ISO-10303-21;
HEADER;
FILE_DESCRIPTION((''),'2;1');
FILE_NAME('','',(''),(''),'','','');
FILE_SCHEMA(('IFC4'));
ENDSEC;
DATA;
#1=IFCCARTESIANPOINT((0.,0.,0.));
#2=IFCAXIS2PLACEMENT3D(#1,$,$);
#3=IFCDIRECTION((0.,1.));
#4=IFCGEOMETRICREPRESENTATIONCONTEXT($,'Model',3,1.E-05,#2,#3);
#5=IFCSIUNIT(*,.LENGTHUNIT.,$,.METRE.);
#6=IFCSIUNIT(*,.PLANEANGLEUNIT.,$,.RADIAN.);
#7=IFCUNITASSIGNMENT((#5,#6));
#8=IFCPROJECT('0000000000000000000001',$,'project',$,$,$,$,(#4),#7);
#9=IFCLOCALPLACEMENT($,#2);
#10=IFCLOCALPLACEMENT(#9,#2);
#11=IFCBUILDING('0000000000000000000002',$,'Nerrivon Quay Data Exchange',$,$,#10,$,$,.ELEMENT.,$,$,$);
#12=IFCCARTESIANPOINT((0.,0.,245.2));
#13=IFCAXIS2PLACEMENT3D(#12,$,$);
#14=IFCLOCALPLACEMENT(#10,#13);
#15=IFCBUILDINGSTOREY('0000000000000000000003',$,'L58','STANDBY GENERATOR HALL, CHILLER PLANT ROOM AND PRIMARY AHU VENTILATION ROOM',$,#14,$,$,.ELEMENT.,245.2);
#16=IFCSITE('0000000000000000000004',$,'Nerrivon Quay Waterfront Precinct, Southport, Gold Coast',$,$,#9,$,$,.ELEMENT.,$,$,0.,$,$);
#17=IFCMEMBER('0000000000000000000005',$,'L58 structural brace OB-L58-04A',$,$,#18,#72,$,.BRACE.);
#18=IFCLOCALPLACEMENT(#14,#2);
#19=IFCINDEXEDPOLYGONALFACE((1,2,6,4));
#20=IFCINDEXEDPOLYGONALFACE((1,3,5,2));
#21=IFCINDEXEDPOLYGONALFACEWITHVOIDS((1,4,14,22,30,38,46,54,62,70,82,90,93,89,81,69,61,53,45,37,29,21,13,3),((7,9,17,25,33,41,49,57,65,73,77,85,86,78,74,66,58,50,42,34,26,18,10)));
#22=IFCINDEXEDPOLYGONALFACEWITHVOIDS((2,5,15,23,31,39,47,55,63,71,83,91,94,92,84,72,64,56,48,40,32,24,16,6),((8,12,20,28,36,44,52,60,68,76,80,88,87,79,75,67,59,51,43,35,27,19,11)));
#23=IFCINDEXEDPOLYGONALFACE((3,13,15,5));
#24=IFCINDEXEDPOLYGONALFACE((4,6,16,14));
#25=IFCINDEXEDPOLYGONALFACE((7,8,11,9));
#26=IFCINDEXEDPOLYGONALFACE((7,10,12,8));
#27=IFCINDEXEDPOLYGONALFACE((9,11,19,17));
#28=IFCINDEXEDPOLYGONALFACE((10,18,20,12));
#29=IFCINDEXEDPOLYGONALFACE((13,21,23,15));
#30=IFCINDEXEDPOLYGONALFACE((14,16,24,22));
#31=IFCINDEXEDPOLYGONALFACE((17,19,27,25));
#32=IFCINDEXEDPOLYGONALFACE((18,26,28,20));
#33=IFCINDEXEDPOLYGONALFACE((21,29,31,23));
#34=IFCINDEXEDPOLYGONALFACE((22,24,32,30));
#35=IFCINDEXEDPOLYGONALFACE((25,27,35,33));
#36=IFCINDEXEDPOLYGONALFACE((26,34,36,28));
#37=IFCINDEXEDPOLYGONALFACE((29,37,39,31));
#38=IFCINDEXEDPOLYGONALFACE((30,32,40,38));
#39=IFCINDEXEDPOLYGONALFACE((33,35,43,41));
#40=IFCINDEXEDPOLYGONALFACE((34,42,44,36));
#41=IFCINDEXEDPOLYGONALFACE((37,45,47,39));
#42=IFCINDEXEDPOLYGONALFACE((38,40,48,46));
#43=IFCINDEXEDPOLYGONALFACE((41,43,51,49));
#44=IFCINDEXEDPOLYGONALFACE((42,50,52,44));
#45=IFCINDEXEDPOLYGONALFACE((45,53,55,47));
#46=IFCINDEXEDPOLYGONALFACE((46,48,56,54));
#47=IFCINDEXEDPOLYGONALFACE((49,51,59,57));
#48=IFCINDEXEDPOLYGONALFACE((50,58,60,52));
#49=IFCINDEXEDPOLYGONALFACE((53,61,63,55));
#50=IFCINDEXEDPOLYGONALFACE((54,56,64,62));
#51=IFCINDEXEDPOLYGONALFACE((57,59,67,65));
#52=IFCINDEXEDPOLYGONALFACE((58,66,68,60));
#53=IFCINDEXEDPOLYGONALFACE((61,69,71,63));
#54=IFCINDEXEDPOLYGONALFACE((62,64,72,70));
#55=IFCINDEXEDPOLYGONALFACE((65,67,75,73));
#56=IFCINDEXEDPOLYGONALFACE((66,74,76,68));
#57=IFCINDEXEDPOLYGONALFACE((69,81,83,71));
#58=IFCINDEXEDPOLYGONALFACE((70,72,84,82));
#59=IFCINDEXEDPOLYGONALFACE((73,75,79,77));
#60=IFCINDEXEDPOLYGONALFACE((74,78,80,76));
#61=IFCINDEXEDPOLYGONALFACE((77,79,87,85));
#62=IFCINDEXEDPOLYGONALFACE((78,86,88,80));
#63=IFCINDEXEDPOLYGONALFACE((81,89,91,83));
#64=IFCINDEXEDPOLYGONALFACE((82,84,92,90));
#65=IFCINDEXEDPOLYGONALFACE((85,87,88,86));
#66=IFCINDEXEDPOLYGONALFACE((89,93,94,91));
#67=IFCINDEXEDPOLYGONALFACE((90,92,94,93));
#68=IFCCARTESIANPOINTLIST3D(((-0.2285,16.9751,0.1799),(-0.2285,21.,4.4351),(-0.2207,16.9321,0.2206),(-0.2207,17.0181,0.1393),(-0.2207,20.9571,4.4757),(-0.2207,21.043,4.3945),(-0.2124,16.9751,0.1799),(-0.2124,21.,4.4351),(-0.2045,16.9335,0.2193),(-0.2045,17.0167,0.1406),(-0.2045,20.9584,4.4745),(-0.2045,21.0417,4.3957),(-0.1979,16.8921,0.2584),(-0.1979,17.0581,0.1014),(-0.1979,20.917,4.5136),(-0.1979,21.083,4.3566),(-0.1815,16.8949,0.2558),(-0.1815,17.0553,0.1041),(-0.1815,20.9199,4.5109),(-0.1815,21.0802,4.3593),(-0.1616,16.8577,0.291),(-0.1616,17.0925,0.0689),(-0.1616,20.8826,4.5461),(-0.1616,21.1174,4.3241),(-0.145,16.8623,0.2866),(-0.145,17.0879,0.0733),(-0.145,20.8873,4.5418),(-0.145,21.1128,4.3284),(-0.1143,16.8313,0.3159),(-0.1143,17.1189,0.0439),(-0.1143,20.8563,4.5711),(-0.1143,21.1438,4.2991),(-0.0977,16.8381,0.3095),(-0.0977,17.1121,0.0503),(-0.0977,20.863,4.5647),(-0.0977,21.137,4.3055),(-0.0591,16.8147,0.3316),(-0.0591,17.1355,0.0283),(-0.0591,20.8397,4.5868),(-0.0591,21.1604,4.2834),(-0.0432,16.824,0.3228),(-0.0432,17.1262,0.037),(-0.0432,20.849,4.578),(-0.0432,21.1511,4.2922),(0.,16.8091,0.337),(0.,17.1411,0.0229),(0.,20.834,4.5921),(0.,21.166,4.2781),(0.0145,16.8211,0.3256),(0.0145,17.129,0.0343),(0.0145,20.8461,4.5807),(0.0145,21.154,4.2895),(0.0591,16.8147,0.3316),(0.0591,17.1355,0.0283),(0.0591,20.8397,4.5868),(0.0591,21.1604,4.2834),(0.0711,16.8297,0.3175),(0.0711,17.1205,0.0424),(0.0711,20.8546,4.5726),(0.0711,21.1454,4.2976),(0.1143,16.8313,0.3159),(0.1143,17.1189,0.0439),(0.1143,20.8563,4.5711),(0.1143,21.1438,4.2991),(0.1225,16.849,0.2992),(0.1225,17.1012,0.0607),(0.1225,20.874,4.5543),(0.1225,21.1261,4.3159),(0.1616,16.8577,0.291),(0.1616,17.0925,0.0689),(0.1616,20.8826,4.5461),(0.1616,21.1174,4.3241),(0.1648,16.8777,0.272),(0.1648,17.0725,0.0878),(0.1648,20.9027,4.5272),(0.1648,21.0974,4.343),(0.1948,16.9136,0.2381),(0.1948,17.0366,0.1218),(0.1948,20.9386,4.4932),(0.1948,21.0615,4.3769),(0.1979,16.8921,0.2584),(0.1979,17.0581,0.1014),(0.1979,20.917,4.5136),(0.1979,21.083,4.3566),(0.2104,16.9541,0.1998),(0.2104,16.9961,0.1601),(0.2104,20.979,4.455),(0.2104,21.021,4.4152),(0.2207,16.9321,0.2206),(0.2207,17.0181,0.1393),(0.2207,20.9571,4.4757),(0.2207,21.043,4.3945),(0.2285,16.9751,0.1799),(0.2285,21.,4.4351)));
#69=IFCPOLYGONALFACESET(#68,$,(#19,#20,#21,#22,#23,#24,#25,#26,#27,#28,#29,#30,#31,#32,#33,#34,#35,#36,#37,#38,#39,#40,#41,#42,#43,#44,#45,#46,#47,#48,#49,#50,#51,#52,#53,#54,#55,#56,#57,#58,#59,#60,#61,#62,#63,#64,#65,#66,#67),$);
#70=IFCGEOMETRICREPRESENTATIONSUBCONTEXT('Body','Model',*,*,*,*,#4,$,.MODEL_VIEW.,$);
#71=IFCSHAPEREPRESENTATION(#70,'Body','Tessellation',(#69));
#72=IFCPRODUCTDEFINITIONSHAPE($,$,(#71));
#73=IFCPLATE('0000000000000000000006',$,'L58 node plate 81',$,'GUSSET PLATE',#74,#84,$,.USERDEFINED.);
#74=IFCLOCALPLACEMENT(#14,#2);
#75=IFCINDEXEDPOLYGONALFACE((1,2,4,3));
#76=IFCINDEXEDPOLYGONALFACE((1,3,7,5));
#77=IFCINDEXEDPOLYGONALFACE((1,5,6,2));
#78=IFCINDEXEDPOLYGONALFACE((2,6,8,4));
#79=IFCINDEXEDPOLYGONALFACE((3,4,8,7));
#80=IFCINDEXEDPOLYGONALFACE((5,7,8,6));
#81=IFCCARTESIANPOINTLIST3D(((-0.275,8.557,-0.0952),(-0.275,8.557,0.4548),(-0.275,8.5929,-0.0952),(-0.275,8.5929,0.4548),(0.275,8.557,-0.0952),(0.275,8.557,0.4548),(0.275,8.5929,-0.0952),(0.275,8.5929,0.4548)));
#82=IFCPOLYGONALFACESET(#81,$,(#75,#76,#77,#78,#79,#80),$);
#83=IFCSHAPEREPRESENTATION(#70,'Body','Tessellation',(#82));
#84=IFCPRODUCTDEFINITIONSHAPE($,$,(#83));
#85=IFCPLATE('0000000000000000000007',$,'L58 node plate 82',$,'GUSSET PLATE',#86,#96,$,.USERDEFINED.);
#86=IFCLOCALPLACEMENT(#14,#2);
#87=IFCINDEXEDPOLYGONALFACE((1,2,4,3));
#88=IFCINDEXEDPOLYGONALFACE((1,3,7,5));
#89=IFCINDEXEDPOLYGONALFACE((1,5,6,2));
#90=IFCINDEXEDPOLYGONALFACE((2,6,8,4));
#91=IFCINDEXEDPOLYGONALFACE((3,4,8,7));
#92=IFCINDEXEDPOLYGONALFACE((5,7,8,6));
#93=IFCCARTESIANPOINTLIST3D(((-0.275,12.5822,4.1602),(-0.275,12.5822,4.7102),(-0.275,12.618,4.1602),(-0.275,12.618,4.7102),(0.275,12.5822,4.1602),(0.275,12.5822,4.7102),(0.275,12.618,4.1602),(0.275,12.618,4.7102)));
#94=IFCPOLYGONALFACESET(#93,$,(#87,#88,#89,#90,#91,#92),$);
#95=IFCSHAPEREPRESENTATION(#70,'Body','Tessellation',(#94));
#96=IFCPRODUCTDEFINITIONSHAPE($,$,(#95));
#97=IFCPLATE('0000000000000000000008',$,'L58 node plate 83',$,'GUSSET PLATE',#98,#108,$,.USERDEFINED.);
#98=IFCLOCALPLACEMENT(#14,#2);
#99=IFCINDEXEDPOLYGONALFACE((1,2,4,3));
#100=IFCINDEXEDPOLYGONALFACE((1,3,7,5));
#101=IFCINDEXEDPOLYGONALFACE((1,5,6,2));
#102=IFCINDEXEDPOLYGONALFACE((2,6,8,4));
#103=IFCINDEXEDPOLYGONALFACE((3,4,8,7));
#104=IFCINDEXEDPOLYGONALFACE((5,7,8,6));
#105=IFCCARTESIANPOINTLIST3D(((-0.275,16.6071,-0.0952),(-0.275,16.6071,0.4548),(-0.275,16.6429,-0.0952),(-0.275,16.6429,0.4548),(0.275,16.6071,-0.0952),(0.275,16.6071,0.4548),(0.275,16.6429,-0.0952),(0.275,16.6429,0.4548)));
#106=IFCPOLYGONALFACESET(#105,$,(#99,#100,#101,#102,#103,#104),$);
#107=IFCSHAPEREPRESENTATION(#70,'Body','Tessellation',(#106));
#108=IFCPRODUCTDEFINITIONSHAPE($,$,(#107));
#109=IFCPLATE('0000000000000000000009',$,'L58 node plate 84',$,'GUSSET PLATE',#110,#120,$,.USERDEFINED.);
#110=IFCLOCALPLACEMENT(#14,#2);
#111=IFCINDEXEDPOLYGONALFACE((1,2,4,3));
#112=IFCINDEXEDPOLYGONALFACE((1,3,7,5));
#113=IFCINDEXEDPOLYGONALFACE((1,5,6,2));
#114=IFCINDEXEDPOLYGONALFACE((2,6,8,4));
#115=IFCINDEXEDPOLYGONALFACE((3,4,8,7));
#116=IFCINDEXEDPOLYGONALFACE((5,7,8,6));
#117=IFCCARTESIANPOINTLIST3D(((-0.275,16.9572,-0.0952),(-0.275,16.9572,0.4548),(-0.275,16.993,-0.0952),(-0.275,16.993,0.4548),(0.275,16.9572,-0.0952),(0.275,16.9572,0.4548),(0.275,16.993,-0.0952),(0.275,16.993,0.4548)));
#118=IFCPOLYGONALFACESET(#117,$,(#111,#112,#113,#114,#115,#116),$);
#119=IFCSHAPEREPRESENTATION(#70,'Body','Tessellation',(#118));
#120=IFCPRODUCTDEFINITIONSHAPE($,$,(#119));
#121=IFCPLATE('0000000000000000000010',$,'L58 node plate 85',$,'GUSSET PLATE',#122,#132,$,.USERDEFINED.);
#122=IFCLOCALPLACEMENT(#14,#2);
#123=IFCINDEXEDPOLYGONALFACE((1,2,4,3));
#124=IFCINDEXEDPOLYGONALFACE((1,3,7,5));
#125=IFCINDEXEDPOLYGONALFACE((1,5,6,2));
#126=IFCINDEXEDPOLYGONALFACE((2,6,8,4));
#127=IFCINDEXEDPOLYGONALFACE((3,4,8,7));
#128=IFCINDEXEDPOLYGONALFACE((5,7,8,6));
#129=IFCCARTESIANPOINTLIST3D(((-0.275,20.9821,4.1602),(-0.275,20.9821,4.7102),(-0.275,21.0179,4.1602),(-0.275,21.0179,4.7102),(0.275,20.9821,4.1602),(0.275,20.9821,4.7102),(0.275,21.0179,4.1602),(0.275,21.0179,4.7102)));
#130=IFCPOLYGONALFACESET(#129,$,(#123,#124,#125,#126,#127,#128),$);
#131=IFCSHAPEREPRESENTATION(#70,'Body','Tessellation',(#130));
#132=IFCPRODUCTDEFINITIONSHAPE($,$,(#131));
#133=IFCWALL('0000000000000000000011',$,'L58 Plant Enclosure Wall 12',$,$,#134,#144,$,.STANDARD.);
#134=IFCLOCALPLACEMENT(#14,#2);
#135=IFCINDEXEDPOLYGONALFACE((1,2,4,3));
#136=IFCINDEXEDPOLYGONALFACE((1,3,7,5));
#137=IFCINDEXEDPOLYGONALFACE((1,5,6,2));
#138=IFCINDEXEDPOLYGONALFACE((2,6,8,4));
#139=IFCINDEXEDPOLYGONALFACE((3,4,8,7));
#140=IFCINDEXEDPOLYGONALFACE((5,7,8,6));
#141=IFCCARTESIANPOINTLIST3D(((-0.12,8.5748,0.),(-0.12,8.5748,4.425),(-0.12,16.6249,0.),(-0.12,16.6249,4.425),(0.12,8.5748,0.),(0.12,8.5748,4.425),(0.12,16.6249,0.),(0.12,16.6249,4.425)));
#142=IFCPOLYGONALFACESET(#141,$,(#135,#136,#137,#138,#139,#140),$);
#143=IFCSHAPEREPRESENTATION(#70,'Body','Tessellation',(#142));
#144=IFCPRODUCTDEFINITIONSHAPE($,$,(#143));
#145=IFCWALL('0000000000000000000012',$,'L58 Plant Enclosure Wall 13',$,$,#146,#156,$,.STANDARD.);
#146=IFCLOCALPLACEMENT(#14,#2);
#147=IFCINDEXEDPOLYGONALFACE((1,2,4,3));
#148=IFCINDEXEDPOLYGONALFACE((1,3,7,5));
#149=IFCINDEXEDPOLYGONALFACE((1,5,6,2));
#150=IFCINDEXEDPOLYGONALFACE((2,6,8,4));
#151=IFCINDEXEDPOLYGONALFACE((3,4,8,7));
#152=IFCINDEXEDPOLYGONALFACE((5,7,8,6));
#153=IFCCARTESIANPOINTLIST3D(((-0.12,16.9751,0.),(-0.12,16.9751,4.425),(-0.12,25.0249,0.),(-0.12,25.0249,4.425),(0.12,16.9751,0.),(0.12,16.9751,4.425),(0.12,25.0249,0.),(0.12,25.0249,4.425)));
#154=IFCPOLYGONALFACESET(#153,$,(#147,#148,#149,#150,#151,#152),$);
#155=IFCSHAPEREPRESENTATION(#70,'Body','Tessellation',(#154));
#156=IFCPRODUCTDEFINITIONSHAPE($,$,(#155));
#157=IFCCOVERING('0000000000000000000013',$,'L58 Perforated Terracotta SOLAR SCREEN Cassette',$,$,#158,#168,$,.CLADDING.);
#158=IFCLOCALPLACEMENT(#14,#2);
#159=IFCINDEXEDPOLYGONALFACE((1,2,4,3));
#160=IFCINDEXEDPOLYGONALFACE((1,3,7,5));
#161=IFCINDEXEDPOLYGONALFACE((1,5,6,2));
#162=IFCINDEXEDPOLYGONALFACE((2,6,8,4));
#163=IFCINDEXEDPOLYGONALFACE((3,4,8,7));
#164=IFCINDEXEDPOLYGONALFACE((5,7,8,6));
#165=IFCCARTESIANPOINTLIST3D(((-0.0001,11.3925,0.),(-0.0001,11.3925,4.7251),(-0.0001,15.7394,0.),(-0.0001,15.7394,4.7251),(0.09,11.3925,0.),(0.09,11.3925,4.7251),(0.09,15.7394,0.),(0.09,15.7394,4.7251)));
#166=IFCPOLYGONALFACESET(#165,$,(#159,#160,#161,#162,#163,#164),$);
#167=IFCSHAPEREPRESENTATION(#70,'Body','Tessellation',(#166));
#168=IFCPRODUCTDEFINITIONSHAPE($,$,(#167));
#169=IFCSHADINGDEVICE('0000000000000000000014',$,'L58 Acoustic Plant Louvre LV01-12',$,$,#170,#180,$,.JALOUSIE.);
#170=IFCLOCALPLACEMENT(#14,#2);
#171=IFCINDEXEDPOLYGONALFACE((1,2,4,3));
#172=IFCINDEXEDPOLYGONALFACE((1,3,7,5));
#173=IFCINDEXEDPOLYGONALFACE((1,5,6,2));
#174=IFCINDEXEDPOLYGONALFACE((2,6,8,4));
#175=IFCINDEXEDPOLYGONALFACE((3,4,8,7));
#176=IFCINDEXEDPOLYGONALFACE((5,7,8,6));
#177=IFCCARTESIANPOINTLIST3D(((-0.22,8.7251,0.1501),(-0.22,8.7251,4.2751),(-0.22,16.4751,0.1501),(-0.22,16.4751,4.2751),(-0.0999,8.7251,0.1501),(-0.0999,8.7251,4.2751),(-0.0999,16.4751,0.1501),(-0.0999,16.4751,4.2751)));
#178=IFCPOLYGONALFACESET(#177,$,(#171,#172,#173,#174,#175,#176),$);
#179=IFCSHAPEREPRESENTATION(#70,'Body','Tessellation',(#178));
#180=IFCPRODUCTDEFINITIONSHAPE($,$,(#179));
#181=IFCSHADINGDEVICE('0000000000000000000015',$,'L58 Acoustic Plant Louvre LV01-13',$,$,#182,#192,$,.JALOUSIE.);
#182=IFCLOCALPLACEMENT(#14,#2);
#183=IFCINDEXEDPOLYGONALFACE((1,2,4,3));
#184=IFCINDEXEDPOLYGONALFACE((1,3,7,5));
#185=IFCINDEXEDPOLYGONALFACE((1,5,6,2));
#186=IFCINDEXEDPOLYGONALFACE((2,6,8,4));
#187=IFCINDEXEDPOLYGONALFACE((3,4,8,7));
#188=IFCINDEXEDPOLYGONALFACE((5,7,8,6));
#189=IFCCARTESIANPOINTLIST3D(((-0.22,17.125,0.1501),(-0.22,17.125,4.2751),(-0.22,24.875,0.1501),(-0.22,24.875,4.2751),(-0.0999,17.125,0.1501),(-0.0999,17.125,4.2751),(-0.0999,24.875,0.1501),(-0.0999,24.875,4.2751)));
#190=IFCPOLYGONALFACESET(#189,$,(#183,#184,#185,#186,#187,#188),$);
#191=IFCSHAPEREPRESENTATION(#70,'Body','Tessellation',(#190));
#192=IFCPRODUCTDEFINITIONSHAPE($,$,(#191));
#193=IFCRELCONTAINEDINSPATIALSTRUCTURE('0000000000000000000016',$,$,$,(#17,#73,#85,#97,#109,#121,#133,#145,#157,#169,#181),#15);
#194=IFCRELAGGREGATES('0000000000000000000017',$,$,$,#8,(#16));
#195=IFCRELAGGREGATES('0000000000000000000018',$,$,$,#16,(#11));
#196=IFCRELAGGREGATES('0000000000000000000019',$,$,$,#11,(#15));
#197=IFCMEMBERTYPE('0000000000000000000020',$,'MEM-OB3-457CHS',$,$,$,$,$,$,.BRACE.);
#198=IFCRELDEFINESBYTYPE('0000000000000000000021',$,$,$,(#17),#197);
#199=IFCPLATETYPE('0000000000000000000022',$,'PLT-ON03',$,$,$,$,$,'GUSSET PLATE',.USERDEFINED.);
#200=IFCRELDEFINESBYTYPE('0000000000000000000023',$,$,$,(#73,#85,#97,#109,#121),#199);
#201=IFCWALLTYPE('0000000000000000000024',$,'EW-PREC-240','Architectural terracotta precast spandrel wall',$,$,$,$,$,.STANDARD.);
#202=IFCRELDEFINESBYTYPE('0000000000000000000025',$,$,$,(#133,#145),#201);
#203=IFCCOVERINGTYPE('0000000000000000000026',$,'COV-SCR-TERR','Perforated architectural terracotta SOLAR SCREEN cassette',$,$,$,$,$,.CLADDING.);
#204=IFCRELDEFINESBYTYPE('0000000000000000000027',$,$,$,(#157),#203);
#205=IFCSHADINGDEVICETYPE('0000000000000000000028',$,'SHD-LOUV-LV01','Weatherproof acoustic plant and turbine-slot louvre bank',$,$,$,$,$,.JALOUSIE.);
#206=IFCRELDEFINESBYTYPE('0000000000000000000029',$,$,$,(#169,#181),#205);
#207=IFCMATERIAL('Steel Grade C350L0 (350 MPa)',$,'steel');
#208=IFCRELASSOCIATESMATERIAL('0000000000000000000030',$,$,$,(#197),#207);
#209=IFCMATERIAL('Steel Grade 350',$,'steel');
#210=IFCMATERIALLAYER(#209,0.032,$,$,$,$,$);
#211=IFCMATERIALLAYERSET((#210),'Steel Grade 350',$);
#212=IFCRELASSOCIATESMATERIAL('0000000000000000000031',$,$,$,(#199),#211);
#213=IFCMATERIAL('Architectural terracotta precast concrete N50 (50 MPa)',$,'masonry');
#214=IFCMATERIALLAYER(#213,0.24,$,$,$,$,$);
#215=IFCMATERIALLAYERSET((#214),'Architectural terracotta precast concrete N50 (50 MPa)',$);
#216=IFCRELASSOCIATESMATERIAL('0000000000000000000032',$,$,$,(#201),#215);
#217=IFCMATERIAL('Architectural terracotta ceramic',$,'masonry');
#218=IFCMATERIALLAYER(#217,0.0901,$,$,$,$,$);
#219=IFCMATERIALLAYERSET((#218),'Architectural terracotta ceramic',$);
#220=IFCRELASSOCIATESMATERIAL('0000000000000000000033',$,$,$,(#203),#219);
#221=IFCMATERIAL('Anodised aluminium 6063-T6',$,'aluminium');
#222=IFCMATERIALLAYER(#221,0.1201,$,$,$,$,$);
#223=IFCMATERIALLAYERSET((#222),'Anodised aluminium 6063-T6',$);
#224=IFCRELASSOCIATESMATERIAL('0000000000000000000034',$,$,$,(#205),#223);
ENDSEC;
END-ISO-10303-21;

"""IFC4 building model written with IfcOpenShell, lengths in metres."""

from ifc_helpers import new_model, si_unit, direction, frame, frame_2d, origin, origin_2d, place, context, subcontext, project, spatial, rectangle, hollow_circle, extrude, material, layer, layer_set, material_profile, profile_set, type_object, element, save


model = new_model("IFC4")

# Units and contexts
model_context = context("Model", 3, precision=1e-05, world=origin(), true_north=direction((0.0, 1.0)))
body_context = subcontext(model_context, "Body", "Model", "MODEL_VIEW")
ifc_project = project(units=[si_unit("LENGTHUNIT", "METRE"), si_unit("PLANEANGLEUNIT", "RADIAN")], contexts=[model_context])

# Site, building, storey
site_placement = place(None, origin())
site = spatial("IfcSite", under=ifc_project, at=site_placement, Name="Nerrivon Quay Waterfront Precinct, Southport, Gold Coast", CompositionType="ELEMENT", RefElevation=0.0)
building_placement = place(site_placement, origin())
building = spatial("IfcBuilding", under=site, at=building_placement, Name="Nerrivon Quay Data Exchange", CompositionType="ELEMENT")
storey_placement = place(building_placement, frame((0.0, 0.0, 245.2)))
storey = spatial("IfcBuildingStorey", under=building, at=storey_placement, Name="L58", Description="STANDBY GENERATOR HALL, CHILLER PLANT ROOM AND PRIMARY AHU VENTILATION ROOM", CompositionType="ELEMENT", Elevation=245.2)

# Shared definitions
ifc_material_1 = material(Name="Steel Grade 350", Category="steel")

# Shared definitions
ifc_material_2 = material(Name="Steel Grade C350L0 (350 MPa)", Category="steel")

# Member
ifc_material_profile_1 = material_profile(ifc_material_2, hollow_circle(Radius=0.2285, WallThickness=0.0161, at=origin_2d()), Name="457.0x16.0CHS")
ifc_profile_set_1 = profile_set([ifc_material_profile_1], Name="Steel Grade C350L0 (350 MPa)")
member_type = type_object("IfcMemberType", Name="MEM-OB3-457CHS", PredefinedType="BRACE", material=ifc_profile_set_1)
for number, where, z_axis, x_axis, name in (
    (1, (0.0, 16.9751, 0.1799), (0.0, 0.68718, 0.726487), (-1.0, 0.0, 0.0), "L58 structural brace OB-L58-04A"),
):
    element("IfcMember", number, at=place(storey_placement, frame(where, z_axis=z_axis, x_axis=x_axis)), inside=storey, type_object=member_type, Name=name, PredefinedType="BRACE", context=body_context, shape_type="SweptSolid", body=[
        extrude(hollow_circle(Radius=0.2285, WallThickness=0.0161, at=origin_2d()), origin(), (0.0, 0.0, 1.0), 5.8572),
    ])

# Plates
ifc_layer_1 = layer(ifc_material_1, 0.032)
ifc_layer_set_1 = layer_set([ifc_layer_1], Name="Steel Grade 350")
plate_type = type_object("IfcPlateType", Name="PLT-ON03", ElementType="GUSSET PLATE", PredefinedType="USERDEFINED", material=ifc_layer_set_1)
for number, where, z_axis, x_axis, name in (
    (2, (0.0, 8.575, -0.0952), (0.0, 0.0, 1.0), (1.0, 0.0, 0.0), "L58 node plate 81"),
    (3, (0.0, 12.6001, 4.1602), (0.0, 0.0, 1.0), (1.0, 0.0, 0.0), "L58 node plate 82"),
    (4, (0.0, 16.625, -0.0952), (0.0, 0.0, 1.0), (1.0, 0.0, 0.0), "L58 node plate 83"),
    (5, (0.0, 16.9751, -0.0952), (0.0, 0.0, 1.0), (1.0, 0.0, 0.0), "L58 node plate 84"),
    (6, (0.0, 21.0, 4.1602), (0.0, 0.0, 1.0), (1.0, 0.0, 0.0), "L58 node plate 85"),
):
    element("IfcPlate", number, at=place(storey_placement, frame(where, z_axis=z_axis, x_axis=x_axis)), inside=storey, type_object=plate_type, Name=name, ObjectType="GUSSET PLATE", PredefinedType="USERDEFINED", context=body_context, shape_type="SweptSolid", body=[
        extrude(rectangle(XDim=0.55, YDim=0.0359, at=origin_2d()), origin(), (0.0, 0.0, 1.0), 0.55),
    ])

# Walls
ifc_material_3 = material(Name="Architectural terracotta precast concrete N50 (50 MPa)", Category="masonry")
ifc_layer_2 = layer(ifc_material_3, 0.24)
ifc_layer_set_2 = layer_set([ifc_layer_2], Name="Architectural terracotta precast concrete N50 (50 MPa)")
wall_type = type_object("IfcWallType", Name="EW-PREC-240", Description="Architectural terracotta precast spandrel wall", PredefinedType="STANDARD", material=ifc_layer_set_2)
wall_1_placement = place(storey_placement, frame((0.0, 8.575, 0.0), z_axis=(0.0, 0.0, 1.0), x_axis=(0.0, 1.0, 0.0)))
element("IfcWall", 7, at=wall_1_placement, inside=storey, type_object=wall_type, Name="L58 Plant Enclosure Wall 12", PredefinedType="STANDARD", context=body_context, shape_type="SweptSolid", body=[
    extrude(rectangle(XDim=8.05, YDim=0.24, at=frame_2d((4.0249, 0.0))), origin(), (0.0, 0.0, 1.0), 4.425),
])
wall_2_placement = place(storey_placement, frame((0.0, 16.9751, 0.0), z_axis=(0.0, 0.0, 1.0), x_axis=(0.0, 1.0, 0.0)))
element("IfcWall", 8, at=wall_2_placement, inside=storey, type_object=wall_type, Name="L58 Plant Enclosure Wall 13", PredefinedType="STANDARD", context=body_context, shape_type="SweptSolid", body=[
    extrude(rectangle(XDim=8.0498, YDim=0.24, at=frame_2d((4.0249, 0.0))), origin(), (0.0, 0.0, 1.0), 4.425),
])

# Covering
ifc_material_4 = material(Name="Architectural terracotta ceramic", Category="masonry")
ifc_layer_3 = layer(ifc_material_4, 0.0901)
ifc_layer_set_3 = layer_set([ifc_layer_3], Name="Architectural terracotta ceramic")
covering_type = type_object("IfcCoveringType", Name="COV-SCR-TERR", Description="Perforated architectural terracotta SOLAR SCREEN cassette", PredefinedType="CLADDING", material=ifc_layer_set_3)
covering_placement = place(storey_placement, frame((0.0449, 13.5659, 0.0), z_axis=(0.0, 0.0, 1.0), x_axis=(0.0, 1.0, 0.0)))
element("IfcCovering", 9, at=covering_placement, inside=storey, type_object=covering_type, Name="L58 Perforated Terracotta SOLAR SCREEN Cassette", PredefinedType="CLADDING", context=body_context, shape_type="SweptSolid", body=[
    extrude(rectangle(XDim=4.3469, YDim=0.0901, at=origin_2d()), origin(), (0.0, 0.0, 1.0), 4.7251),
])

# Shading devices
ifc_material_5 = material(Name="Anodised aluminium 6063-T6", Category="aluminium")
ifc_layer_4 = layer(ifc_material_5, 0.1201)
ifc_layer_set_4 = layer_set([ifc_layer_4], Name="Anodised aluminium 6063-T6")
shading_device_type = type_object("IfcShadingDeviceType", Name="SHD-LOUV-LV01", Description="Weatherproof acoustic plant and turbine-slot louvre bank", PredefinedType="JALOUSIE", material=ifc_layer_set_4)
for number, where, z_axis, x_axis, name in (
    (10, (-0.1599, 12.6001, 0.1501), (0.0, 0.0, 1.0), (0.0, 1.0, 0.0), "L58 Acoustic Plant Louvre LV01-12"),
    (11, (-0.1599, 21.0, 0.1501), (0.0, 0.0, 1.0), (0.0, 1.0, 0.0), "L58 Acoustic Plant Louvre LV01-13"),
):
    element("IfcShadingDevice", number, at=place(storey_placement, frame(where, z_axis=z_axis, x_axis=x_axis)), inside=storey, type_object=shading_device_type, Name=name, PredefinedType="JALOUSIE", context=body_context, shape_type="SweptSolid", body=[
        extrude(rectangle(XDim=7.75, YDim=0.1201, at=origin_2d()), origin(), (0.0, 0.0, 1.0), 4.125),
    ])

save(model, "model.ifc")
